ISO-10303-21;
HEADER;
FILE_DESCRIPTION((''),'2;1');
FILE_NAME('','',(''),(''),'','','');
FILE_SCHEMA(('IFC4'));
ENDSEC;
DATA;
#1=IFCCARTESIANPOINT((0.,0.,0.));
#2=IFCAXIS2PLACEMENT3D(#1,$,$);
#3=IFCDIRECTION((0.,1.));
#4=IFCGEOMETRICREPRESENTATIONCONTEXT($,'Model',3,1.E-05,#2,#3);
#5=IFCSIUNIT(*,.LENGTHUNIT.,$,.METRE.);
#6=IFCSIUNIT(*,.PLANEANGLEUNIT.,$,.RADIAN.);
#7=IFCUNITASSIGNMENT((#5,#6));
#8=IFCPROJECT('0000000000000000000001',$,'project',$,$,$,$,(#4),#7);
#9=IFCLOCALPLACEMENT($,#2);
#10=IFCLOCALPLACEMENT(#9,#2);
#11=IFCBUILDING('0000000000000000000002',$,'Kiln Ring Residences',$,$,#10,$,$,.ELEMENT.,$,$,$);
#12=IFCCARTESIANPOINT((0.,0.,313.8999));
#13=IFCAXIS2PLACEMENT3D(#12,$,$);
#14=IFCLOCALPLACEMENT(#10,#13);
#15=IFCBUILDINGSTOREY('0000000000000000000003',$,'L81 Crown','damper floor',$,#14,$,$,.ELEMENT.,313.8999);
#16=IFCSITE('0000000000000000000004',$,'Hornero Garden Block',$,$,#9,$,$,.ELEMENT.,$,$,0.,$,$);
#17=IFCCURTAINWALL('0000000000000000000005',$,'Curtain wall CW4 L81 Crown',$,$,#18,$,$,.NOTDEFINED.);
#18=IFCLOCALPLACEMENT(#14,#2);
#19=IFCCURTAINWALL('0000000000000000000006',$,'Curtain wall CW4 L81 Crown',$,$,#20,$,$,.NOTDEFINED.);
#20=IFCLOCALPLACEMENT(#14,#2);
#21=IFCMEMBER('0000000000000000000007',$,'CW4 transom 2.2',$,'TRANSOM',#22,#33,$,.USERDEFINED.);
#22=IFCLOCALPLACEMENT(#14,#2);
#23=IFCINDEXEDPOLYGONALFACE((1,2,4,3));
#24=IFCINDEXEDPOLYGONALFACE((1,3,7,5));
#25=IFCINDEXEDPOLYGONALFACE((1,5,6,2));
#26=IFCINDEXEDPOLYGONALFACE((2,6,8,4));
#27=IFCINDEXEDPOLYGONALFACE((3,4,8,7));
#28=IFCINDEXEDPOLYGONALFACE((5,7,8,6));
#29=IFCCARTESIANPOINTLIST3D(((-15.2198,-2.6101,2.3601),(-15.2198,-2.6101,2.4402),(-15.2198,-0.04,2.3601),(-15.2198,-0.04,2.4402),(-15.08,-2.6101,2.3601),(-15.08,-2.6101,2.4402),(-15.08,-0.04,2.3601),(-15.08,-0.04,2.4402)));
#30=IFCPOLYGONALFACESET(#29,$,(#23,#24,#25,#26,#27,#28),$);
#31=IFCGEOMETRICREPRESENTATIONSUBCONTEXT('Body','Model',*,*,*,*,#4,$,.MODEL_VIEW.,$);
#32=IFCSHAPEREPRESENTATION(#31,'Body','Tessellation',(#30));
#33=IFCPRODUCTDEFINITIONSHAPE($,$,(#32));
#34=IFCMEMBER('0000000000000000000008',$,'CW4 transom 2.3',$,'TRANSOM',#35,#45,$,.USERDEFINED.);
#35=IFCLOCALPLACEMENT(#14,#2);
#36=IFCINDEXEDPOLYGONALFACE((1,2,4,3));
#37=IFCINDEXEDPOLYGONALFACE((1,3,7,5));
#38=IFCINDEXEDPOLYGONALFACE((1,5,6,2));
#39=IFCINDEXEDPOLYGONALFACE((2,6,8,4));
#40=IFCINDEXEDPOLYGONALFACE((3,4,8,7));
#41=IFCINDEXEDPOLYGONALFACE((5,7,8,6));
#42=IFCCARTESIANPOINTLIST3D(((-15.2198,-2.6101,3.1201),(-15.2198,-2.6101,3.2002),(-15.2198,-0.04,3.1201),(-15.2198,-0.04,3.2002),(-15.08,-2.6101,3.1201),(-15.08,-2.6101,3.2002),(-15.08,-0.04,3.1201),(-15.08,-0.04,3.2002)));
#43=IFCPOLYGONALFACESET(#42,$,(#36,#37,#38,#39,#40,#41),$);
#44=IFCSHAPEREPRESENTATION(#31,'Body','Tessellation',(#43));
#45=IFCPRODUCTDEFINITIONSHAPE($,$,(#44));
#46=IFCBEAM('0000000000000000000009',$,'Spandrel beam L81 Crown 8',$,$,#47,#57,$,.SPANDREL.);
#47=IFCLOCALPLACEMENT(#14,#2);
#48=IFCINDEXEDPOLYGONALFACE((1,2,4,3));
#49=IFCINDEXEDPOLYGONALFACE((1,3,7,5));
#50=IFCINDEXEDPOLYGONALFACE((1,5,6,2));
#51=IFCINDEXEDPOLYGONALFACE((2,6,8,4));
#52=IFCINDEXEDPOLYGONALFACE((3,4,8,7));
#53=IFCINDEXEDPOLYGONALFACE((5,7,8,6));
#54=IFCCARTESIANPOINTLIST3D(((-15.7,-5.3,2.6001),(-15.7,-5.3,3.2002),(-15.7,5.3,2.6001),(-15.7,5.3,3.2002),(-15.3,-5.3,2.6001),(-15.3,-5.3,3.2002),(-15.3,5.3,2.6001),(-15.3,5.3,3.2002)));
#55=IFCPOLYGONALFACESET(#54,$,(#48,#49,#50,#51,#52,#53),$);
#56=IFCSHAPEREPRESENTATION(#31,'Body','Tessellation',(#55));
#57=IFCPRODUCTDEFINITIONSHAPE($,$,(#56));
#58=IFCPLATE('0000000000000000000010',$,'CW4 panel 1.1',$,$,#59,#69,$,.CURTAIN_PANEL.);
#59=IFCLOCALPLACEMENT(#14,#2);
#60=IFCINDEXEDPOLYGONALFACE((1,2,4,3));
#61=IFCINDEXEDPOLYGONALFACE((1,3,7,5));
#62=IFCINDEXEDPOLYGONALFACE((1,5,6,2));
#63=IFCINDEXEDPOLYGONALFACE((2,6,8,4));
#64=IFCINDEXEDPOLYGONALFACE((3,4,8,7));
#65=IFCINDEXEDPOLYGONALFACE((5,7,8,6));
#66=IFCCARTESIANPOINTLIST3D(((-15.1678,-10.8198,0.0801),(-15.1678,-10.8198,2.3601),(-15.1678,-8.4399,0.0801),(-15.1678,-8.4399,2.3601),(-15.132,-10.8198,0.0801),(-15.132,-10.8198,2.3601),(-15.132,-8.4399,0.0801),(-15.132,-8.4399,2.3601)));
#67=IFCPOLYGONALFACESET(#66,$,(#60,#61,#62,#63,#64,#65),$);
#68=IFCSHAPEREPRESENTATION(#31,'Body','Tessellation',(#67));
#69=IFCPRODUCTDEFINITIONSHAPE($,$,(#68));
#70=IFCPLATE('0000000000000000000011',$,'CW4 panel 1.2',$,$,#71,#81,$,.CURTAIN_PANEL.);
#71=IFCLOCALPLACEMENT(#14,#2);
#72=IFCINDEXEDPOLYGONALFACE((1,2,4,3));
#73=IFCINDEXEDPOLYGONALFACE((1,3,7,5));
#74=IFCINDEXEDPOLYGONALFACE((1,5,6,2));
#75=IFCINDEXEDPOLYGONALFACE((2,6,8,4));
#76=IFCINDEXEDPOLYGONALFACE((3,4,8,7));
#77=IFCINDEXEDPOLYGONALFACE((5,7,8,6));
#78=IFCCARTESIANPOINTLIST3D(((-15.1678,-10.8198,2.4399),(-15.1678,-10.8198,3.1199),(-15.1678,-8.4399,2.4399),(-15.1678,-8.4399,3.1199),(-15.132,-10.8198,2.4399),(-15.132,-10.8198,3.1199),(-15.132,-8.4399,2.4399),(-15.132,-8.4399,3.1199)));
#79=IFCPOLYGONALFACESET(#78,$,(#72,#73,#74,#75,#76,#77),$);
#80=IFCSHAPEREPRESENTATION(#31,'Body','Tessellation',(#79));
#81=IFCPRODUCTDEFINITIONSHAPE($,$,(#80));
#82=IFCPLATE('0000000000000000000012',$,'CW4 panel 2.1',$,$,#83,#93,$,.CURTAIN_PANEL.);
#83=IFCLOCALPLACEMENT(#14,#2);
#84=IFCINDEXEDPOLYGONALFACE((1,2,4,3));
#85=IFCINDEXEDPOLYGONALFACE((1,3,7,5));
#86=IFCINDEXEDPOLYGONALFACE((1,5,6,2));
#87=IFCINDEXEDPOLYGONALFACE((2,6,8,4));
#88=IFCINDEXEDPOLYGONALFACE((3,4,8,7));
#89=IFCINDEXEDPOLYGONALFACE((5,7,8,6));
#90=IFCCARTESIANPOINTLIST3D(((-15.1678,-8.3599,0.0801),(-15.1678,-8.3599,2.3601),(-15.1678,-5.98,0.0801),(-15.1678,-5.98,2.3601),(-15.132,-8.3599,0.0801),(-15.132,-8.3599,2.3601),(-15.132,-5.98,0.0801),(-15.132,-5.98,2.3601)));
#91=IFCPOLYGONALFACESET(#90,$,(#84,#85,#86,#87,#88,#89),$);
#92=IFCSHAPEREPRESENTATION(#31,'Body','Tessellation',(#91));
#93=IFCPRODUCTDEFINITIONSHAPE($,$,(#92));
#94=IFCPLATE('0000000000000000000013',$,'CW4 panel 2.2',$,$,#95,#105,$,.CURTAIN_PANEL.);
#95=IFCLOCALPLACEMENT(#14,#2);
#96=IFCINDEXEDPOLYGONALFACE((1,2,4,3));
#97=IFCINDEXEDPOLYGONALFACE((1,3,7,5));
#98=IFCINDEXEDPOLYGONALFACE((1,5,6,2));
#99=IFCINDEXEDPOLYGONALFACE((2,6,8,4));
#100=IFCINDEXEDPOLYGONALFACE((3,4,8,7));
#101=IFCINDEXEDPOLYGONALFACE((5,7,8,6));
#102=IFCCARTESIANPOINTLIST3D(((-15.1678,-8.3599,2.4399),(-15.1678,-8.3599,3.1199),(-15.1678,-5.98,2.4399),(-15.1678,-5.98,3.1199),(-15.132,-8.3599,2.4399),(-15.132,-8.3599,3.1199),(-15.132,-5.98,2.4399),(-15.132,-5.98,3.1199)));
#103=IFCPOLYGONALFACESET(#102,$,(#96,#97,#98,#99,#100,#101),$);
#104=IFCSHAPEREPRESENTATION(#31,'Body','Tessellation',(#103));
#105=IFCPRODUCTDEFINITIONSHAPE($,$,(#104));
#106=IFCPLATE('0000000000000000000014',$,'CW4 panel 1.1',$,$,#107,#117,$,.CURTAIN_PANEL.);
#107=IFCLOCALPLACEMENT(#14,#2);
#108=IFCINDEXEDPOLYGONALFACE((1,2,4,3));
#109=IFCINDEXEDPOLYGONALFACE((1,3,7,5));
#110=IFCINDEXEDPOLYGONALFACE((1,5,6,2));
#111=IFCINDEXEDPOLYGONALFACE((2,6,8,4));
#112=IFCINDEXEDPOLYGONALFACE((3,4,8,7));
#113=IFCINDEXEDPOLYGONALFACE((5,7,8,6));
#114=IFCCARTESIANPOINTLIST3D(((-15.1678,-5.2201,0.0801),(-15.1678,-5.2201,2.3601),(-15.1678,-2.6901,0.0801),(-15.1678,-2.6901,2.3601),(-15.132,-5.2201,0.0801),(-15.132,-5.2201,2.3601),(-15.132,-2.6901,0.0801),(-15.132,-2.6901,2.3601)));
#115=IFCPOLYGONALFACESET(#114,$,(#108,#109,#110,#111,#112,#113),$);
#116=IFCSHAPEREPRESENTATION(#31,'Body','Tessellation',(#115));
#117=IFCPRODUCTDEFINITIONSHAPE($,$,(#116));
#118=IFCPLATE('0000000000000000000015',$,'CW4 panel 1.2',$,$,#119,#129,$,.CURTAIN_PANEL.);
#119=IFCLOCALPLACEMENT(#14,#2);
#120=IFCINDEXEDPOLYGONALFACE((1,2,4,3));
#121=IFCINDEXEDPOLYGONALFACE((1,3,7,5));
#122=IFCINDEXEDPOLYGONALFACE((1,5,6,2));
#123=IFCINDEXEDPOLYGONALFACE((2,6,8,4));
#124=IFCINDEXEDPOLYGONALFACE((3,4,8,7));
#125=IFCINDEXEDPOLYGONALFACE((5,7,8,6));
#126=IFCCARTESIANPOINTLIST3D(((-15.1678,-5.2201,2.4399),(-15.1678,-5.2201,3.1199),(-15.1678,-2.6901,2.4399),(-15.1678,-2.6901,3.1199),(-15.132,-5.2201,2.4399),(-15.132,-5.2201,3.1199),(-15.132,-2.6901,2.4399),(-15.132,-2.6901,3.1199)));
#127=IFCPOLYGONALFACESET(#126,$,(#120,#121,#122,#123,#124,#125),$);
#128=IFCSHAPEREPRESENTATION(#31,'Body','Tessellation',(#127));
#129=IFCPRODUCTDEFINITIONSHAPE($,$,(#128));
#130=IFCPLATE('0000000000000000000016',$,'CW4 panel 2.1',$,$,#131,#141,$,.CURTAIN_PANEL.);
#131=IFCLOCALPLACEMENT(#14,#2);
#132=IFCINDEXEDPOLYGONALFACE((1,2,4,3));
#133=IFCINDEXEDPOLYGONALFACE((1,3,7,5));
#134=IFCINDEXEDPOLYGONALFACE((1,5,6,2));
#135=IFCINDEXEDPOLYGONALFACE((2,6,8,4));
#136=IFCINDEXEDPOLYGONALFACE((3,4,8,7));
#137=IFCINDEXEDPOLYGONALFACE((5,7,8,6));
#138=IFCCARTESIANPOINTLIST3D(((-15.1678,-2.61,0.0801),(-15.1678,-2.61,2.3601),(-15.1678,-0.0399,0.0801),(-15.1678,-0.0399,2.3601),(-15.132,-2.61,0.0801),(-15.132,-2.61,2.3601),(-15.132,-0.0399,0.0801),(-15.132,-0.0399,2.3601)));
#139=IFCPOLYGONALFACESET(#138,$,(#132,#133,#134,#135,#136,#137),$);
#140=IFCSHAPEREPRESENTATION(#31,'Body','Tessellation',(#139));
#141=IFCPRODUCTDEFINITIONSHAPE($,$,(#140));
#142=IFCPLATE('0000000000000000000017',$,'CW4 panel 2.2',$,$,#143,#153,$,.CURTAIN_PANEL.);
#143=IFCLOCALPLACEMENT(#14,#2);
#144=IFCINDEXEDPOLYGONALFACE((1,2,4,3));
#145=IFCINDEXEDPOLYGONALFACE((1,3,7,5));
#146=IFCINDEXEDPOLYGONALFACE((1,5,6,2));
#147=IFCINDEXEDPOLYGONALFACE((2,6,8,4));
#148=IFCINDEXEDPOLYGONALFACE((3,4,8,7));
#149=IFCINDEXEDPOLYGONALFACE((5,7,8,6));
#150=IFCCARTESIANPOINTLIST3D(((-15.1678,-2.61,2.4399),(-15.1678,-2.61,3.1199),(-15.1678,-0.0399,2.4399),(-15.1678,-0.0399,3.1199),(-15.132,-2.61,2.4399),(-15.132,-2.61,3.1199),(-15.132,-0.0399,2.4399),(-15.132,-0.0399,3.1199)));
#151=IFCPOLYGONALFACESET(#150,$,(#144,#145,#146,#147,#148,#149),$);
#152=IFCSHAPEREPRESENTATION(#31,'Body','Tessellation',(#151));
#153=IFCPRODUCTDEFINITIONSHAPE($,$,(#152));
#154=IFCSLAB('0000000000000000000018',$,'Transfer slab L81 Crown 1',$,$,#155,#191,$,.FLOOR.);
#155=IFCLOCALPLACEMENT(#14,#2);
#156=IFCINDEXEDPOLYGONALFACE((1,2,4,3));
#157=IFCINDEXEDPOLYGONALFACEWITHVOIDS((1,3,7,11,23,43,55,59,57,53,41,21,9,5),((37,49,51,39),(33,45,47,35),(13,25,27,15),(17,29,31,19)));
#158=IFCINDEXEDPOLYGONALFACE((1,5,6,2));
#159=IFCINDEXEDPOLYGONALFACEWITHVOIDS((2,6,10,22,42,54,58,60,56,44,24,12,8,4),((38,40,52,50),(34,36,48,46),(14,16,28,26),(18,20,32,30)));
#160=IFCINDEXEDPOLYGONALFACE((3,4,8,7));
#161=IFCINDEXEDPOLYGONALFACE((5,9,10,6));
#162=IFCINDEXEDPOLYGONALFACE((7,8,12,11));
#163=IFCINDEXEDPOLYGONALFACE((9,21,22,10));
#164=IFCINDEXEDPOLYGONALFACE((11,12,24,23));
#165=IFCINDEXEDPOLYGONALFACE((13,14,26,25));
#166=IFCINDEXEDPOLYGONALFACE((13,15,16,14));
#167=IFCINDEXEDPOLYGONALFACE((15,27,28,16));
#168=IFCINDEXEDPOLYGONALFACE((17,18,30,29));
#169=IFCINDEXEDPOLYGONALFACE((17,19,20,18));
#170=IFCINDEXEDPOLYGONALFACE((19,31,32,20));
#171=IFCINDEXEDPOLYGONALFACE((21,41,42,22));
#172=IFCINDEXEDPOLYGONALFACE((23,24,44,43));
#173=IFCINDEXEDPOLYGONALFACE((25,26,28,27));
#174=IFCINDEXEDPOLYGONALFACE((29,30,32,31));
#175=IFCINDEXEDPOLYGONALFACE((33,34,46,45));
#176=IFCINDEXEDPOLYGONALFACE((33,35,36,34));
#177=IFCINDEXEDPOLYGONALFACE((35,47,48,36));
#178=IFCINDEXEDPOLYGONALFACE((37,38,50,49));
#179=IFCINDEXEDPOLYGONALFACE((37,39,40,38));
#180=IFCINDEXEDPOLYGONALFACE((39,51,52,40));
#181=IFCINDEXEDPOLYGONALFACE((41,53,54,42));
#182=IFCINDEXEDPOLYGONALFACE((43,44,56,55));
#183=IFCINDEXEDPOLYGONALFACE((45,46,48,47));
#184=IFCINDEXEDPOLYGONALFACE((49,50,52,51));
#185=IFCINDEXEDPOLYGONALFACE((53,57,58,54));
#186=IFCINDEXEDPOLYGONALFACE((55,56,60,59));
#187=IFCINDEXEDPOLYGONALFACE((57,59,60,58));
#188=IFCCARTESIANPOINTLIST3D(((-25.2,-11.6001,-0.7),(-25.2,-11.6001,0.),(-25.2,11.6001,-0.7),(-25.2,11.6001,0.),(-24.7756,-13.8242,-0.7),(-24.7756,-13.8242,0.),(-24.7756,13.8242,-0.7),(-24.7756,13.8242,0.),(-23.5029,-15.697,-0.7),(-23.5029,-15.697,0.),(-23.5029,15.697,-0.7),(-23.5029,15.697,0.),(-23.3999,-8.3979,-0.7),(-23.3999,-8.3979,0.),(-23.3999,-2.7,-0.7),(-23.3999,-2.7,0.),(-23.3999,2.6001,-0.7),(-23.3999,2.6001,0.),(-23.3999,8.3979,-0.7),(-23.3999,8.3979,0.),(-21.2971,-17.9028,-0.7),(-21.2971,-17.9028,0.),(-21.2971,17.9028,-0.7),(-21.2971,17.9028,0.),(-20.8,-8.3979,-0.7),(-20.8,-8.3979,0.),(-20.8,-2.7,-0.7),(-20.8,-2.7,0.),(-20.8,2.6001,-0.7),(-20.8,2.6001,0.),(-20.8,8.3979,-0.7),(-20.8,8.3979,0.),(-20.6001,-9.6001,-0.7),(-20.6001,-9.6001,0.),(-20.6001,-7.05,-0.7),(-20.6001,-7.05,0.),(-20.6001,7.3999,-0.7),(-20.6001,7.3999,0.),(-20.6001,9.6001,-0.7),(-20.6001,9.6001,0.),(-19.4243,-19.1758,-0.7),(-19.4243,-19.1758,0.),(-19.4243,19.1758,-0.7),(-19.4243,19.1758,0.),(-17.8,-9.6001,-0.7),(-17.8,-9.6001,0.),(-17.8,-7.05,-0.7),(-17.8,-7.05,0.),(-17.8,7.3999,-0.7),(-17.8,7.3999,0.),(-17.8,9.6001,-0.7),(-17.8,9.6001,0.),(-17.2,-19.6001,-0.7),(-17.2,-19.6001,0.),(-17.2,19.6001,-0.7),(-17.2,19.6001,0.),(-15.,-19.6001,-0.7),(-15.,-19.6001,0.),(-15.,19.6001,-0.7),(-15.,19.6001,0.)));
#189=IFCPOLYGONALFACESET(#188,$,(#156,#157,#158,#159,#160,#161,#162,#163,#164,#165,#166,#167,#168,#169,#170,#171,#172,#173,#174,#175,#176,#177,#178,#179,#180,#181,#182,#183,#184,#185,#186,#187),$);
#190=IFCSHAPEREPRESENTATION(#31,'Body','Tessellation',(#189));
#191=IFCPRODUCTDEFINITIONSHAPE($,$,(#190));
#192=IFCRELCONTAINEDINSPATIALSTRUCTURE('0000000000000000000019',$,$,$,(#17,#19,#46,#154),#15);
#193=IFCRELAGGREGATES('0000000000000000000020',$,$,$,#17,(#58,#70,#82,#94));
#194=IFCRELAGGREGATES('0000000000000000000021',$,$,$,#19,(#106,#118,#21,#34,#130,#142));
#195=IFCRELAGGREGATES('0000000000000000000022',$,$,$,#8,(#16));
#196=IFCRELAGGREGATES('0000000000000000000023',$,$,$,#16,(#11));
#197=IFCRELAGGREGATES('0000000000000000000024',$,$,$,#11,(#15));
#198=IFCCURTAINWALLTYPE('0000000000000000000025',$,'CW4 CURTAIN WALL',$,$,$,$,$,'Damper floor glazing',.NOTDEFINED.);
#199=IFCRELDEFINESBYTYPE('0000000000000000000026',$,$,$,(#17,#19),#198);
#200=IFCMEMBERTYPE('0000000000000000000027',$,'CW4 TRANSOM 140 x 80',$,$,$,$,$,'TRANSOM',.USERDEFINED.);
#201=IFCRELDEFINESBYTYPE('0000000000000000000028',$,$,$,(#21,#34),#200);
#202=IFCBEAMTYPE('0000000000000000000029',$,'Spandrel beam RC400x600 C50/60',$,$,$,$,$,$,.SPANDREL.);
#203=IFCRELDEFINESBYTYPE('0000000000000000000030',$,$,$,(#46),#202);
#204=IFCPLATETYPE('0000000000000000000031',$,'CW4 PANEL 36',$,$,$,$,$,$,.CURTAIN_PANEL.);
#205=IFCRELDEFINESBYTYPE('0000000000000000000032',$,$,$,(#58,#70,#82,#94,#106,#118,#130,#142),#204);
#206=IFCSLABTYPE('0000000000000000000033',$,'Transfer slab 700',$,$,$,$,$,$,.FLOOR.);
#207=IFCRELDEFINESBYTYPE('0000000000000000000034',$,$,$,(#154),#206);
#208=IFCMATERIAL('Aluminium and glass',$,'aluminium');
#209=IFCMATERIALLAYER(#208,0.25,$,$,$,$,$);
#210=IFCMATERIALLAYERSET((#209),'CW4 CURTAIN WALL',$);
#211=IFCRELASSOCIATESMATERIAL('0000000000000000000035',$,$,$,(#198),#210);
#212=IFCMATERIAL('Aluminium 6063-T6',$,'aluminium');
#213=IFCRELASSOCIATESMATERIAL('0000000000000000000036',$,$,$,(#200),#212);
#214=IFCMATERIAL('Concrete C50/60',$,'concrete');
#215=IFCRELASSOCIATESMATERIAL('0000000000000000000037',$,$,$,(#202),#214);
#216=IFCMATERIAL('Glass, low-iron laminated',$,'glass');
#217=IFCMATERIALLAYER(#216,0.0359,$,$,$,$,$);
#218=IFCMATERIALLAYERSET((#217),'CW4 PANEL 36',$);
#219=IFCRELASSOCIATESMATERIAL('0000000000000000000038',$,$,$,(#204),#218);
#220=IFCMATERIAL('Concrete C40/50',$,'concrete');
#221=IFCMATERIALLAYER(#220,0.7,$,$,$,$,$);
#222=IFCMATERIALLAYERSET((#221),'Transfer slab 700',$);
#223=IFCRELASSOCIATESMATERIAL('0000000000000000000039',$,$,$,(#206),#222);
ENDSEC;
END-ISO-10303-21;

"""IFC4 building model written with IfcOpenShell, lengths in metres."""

from ifc_helpers import new_model, si_unit, direction, frame, origin, origin_2d, place, context, subcontext, project, spatial, polyline, rectangle, outline, extrude, material, layer, layer_set, material_profile, profile_set, type_object, element, aggregate, save


model = new_model("IFC4")

# Units and contexts
model_context = context("Model", 3, precision=1e-05, world=origin(), true_north=direction((0.0, 1.0)))
body_context = subcontext(model_context, "Body", "Model", "MODEL_VIEW")
ifc_project = project(units=[si_unit("LENGTHUNIT", "METRE"), si_unit("PLANEANGLEUNIT", "RADIAN")], contexts=[model_context])

# Site, building, storey
site_placement = place(None, origin())
site = spatial("IfcSite", under=ifc_project, at=site_placement, Name="Hornero Garden Block", CompositionType="ELEMENT", RefElevation=0.0)
building_placement = place(site_placement, origin())
building = spatial("IfcBuilding", under=site, at=building_placement, Name="Kiln Ring Residences", CompositionType="ELEMENT")
storey_placement = place(building_placement, frame((0.0, 0.0, 313.8999)))
storey = spatial("IfcBuildingStorey", under=building, at=storey_placement, Name="L81 Crown", Description="damper floor", CompositionType="ELEMENT", Elevation=313.8999)

# Curtain walls
ifc_material_1 = material(Name="Aluminium and glass", Category="aluminium")
ifc_layer_1 = layer(ifc_material_1, 0.25)
ifc_layer_set_1 = layer_set([ifc_layer_1], Name="CW4 CURTAIN WALL")
curtain_wall_type = type_object("IfcCurtainWallType", Name="CW4 CURTAIN WALL", ElementType="Damper floor glazing", PredefinedType="NOTDEFINED", material=ifc_layer_set_1)
placement_1 = place(storey_placement, origin())
curtain_wall_1 = element("IfcCurtainWall", 1, at=placement_1, inside=storey, type_object=curtain_wall_type, Name="Curtain wall CW4 L81 Crown", PredefinedType="NOTDEFINED")
curtain_wall_2 = element("IfcCurtainWall", 2, at=placement_1, inside=storey, type_object=curtain_wall_type, Name="Curtain wall CW4 L81 Crown", PredefinedType="NOTDEFINED")

# Members
ifc_material_2 = material(Name="Aluminium 6063-T6", Category="aluminium")
ifc_material_profile_1 = material_profile(ifc_material_2, rectangle(XDim=0.1399, YDim=0.0801, at=origin_2d()), Name="AL 140x80")
ifc_profile_set_1 = profile_set([ifc_material_profile_1], Name="Aluminium 6063-T6")
member_type_1 = type_object("IfcMemberType", Name="CW4 TRANSOM 140 x 80", ElementType="TRANSOM", PredefinedType="USERDEFINED", material=ifc_profile_set_1)
member_1_placement = place(storey_placement, frame((-15.1499, -2.6101, 2.4001), z_axis=(0.0, 1.0, 0.0), x_axis=(-1.0, 0.0, 0.0)))
member_1 = element("IfcMember", 3, at=member_1_placement, type_object=member_type_1, Name="CW4 transom 2.2", ObjectType="TRANSOM", PredefinedType="USERDEFINED", context=body_context, shape_type="SweptSolid", body=[
    extrude(rectangle(XDim=0.1399, YDim=0.0801, at=origin_2d()), origin(), (0.0, 0.0, 1.0), 2.5701),
])
member_2_placement = place(storey_placement, frame((-15.1499, -2.6101, 3.1602), z_axis=(0.0, 1.0, 0.0), x_axis=(-1.0, 0.0, 0.0)))
member_2 = element("IfcMember", 4, at=member_2_placement, type_object=member_type_1, Name="CW4 transom 2.3", ObjectType="TRANSOM", PredefinedType="USERDEFINED", context=body_context, shape_type="SweptSolid", body=[
    extrude(rectangle(XDim=0.1399, YDim=0.0801, at=origin_2d()), origin(), (0.0, 0.0, 1.0), 2.5701),
])

# Beam
ifc_material_3 = material(Name="Concrete C50/60", Category="concrete")
ifc_material_profile_2 = material_profile(ifc_material_3, rectangle(XDim=0.3999, YDim=0.6001, at=origin_2d()), Name="RC400x600")
ifc_profile_set_2 = profile_set([ifc_material_profile_2], Name="Concrete C50/60")
beam_type = type_object("IfcBeamType", Name="Spandrel beam RC400x600 C50/60", PredefinedType="SPANDREL", material=ifc_profile_set_2)
beam_placement = place(storey_placement, frame((-15.5, -5.3, 2.9001), z_axis=(0.0, 1.0, 0.0), x_axis=(-1.0, 0.0, 0.0)))
element("IfcBeam", 5, at=beam_placement, inside=storey, type_object=beam_type, Name="Spandrel beam L81 Crown 8", PredefinedType="SPANDREL", context=body_context, shape_type="SweptSolid", body=[
    extrude(rectangle(XDim=0.3999, YDim=0.6001, at=origin_2d()), origin(), (0.0, 0.0, 1.0), 10.6001),
])

# Plates
ifc_material_4 = material(Name="Glass, low-iron laminated", Category="glass")
ifc_layer_2 = layer(ifc_material_4, 0.0359)
ifc_layer_set_2 = layer_set([ifc_layer_2], Name="CW4 PANEL 36")
plate_type = type_object("IfcPlateType", Name="CW4 PANEL 36", PredefinedType="CURTAIN_PANEL", material=ifc_layer_set_2)
plate_1_placement = place(storey_placement, frame((-15.1499, -9.6299, 0.0801), z_axis=(0.0, 0.0, 1.0), x_axis=(0.0, 1.0, 0.0)))
plate_1 = element("IfcPlate", 6, at=plate_1_placement, type_object=plate_type, Name="CW4 panel 1.1", PredefinedType="CURTAIN_PANEL", context=body_context, shape_type="SweptSolid", body=[
    extrude(rectangle(XDim=2.3799, YDim=0.0359, at=origin_2d()), origin(), (0.0, 0.0, 1.0), 2.28),
])
plate_2_placement = place(storey_placement, frame((-15.1499, -9.6299, 2.4399), z_axis=(0.0, 0.0, 1.0), x_axis=(0.0, 1.0, 0.0)))
plate_2 = element("IfcPlate", 7, at=plate_2_placement, type_object=plate_type, Name="CW4 panel 1.2", PredefinedType="CURTAIN_PANEL", context=body_context, shape_type="SweptSolid", body=[
    extrude(rectangle(XDim=2.3799, YDim=0.0359, at=origin_2d()), origin(), (0.0, 0.0, 1.0), 0.6799),
])
plate_3_placement = place(storey_placement, frame((-15.1499, -7.1699, 0.0801), z_axis=(0.0, 0.0, 1.0), x_axis=(0.0, 1.0, 0.0)))
plate_3 = element("IfcPlate", 8, at=plate_3_placement, type_object=plate_type, Name="CW4 panel 2.1", PredefinedType="CURTAIN_PANEL", context=body_context, shape_type="SweptSolid", body=[
    extrude(rectangle(XDim=2.3799, YDim=0.0359, at=origin_2d()), origin(), (0.0, 0.0, 1.0), 2.28),
])
plate_4_placement = place(storey_placement, frame((-15.1499, -7.1699, 2.4399), z_axis=(0.0, 0.0, 1.0), x_axis=(0.0, 1.0, 0.0)))
plate_4 = element("IfcPlate", 9, at=plate_4_placement, type_object=plate_type, Name="CW4 panel 2.2", PredefinedType="CURTAIN_PANEL", context=body_context, shape_type="SweptSolid", body=[
    extrude(rectangle(XDim=2.3799, YDim=0.0359, at=origin_2d()), origin(), (0.0, 0.0, 1.0), 0.6799),
])
aggregate(curtain_wall_1, [plate_1, plate_2, plate_3, plate_4])
plate_5_placement = place(storey_placement, frame((-15.1499, -3.9551, 0.0801), z_axis=(0.0, 0.0, 1.0), x_axis=(0.0, 1.0, 0.0)))
plate_5 = element("IfcPlate", 10, at=plate_5_placement, type_object=plate_type, Name="CW4 panel 1.1", PredefinedType="CURTAIN_PANEL", context=body_context, shape_type="SweptSolid", body=[
    extrude(rectangle(XDim=2.53, YDim=0.0359, at=origin_2d()), origin(), (0.0, 0.0, 1.0), 2.28),
])
plate_6_placement = place(storey_placement, frame((-15.1499, -3.9551, 2.4399), z_axis=(0.0, 0.0, 1.0), x_axis=(0.0, 1.0, 0.0)))
plate_6 = element("IfcPlate", 11, at=plate_6_placement, type_object=plate_type, Name="CW4 panel 1.2", PredefinedType="CURTAIN_PANEL", context=body_context, shape_type="SweptSolid", body=[
    extrude(rectangle(XDim=2.53, YDim=0.0359, at=origin_2d()), origin(), (0.0, 0.0, 1.0), 0.6799),
])
plate_7_placement = place(storey_placement, frame((-15.1499, -1.325, 0.0801), z_axis=(0.0, 0.0, 1.0), x_axis=(0.0, 1.0, 0.0)))
plate_7 = element("IfcPlate", 12, at=plate_7_placement, type_object=plate_type, Name="CW4 panel 2.1", PredefinedType="CURTAIN_PANEL", context=body_context, shape_type="SweptSolid", body=[
    extrude(rectangle(XDim=2.5701, YDim=0.0359, at=origin_2d()), origin(), (0.0, 0.0, 1.0), 2.28),
])
plate_8_placement = place(storey_placement, frame((-15.1499, -1.325, 2.4399), z_axis=(0.0, 0.0, 1.0), x_axis=(0.0, 1.0, 0.0)))
plate_8 = element("IfcPlate", 13, at=plate_8_placement, type_object=plate_type, Name="CW4 panel 2.2", PredefinedType="CURTAIN_PANEL", context=body_context, shape_type="SweptSolid", body=[
    extrude(rectangle(XDim=2.5701, YDim=0.0359, at=origin_2d()), origin(), (0.0, 0.0, 1.0), 0.6799),
])
aggregate(curtain_wall_2, [plate_5, plate_6, member_1, member_2, plate_7, plate_8])

# Slab
ifc_material_5 = material(Name="Concrete C40/50", Category="concrete")
ifc_layer_3 = layer(ifc_material_5, 0.7)
ifc_layer_set_3 = layer_set([ifc_layer_3], Name="Transfer slab 700")
slab_type = type_object("IfcSlabType", Name="Transfer slab 700", PredefinedType="FLOOR", material=ifc_layer_set_3)
placement_2 = place(storey_placement, frame((0.0, 0.0, -0.7)))
element("IfcSlab", 14, at=placement_2, inside=storey, type_object=slab_type, Name="Transfer slab L81 Crown 1", PredefinedType="FLOOR", context=body_context, shape_type="SweptSolid", body=[
    extrude(outline(polyline([(-21.2971, -17.9028), (-19.4243, -19.1758), (-17.2, -19.6001), (-15.0, -19.6001), (-15.0, 19.6001), (-17.2, 19.6001), (-19.4243, 19.1758), (-21.2971, 17.9028), (-23.5029, 15.697), (-24.7756, 13.8242), (-25.2, 11.6001), (-25.2, -11.6001), (-24.7756, -13.8242), (-23.5029, -15.697), (-21.2971, -17.9028)]), holes=[polyline([(-17.8, -7.05), (-17.8, -9.6001), (-20.6001, -9.6001), (-20.6001, -7.05), (-17.8, -7.05)]), polyline([(-17.8, 9.6001), (-17.8, 7.3999), (-20.6001, 7.3999), (-20.6001, 9.6001), (-17.8, 9.6001)]), polyline([(-20.8, -2.7), (-20.8, -8.3979), (-23.3999, -8.3979), (-23.3999, -2.7), (-20.8, -2.7)]), polyline([(-20.8, 8.3979), (-20.8, 2.6001), (-23.3999, 2.6001), (-23.3999, 8.3979), (-20.8, 8.3979)])]), origin(), (0.0, 0.0, 1.0), 0.7),
])

save(model, "model.ifc")
